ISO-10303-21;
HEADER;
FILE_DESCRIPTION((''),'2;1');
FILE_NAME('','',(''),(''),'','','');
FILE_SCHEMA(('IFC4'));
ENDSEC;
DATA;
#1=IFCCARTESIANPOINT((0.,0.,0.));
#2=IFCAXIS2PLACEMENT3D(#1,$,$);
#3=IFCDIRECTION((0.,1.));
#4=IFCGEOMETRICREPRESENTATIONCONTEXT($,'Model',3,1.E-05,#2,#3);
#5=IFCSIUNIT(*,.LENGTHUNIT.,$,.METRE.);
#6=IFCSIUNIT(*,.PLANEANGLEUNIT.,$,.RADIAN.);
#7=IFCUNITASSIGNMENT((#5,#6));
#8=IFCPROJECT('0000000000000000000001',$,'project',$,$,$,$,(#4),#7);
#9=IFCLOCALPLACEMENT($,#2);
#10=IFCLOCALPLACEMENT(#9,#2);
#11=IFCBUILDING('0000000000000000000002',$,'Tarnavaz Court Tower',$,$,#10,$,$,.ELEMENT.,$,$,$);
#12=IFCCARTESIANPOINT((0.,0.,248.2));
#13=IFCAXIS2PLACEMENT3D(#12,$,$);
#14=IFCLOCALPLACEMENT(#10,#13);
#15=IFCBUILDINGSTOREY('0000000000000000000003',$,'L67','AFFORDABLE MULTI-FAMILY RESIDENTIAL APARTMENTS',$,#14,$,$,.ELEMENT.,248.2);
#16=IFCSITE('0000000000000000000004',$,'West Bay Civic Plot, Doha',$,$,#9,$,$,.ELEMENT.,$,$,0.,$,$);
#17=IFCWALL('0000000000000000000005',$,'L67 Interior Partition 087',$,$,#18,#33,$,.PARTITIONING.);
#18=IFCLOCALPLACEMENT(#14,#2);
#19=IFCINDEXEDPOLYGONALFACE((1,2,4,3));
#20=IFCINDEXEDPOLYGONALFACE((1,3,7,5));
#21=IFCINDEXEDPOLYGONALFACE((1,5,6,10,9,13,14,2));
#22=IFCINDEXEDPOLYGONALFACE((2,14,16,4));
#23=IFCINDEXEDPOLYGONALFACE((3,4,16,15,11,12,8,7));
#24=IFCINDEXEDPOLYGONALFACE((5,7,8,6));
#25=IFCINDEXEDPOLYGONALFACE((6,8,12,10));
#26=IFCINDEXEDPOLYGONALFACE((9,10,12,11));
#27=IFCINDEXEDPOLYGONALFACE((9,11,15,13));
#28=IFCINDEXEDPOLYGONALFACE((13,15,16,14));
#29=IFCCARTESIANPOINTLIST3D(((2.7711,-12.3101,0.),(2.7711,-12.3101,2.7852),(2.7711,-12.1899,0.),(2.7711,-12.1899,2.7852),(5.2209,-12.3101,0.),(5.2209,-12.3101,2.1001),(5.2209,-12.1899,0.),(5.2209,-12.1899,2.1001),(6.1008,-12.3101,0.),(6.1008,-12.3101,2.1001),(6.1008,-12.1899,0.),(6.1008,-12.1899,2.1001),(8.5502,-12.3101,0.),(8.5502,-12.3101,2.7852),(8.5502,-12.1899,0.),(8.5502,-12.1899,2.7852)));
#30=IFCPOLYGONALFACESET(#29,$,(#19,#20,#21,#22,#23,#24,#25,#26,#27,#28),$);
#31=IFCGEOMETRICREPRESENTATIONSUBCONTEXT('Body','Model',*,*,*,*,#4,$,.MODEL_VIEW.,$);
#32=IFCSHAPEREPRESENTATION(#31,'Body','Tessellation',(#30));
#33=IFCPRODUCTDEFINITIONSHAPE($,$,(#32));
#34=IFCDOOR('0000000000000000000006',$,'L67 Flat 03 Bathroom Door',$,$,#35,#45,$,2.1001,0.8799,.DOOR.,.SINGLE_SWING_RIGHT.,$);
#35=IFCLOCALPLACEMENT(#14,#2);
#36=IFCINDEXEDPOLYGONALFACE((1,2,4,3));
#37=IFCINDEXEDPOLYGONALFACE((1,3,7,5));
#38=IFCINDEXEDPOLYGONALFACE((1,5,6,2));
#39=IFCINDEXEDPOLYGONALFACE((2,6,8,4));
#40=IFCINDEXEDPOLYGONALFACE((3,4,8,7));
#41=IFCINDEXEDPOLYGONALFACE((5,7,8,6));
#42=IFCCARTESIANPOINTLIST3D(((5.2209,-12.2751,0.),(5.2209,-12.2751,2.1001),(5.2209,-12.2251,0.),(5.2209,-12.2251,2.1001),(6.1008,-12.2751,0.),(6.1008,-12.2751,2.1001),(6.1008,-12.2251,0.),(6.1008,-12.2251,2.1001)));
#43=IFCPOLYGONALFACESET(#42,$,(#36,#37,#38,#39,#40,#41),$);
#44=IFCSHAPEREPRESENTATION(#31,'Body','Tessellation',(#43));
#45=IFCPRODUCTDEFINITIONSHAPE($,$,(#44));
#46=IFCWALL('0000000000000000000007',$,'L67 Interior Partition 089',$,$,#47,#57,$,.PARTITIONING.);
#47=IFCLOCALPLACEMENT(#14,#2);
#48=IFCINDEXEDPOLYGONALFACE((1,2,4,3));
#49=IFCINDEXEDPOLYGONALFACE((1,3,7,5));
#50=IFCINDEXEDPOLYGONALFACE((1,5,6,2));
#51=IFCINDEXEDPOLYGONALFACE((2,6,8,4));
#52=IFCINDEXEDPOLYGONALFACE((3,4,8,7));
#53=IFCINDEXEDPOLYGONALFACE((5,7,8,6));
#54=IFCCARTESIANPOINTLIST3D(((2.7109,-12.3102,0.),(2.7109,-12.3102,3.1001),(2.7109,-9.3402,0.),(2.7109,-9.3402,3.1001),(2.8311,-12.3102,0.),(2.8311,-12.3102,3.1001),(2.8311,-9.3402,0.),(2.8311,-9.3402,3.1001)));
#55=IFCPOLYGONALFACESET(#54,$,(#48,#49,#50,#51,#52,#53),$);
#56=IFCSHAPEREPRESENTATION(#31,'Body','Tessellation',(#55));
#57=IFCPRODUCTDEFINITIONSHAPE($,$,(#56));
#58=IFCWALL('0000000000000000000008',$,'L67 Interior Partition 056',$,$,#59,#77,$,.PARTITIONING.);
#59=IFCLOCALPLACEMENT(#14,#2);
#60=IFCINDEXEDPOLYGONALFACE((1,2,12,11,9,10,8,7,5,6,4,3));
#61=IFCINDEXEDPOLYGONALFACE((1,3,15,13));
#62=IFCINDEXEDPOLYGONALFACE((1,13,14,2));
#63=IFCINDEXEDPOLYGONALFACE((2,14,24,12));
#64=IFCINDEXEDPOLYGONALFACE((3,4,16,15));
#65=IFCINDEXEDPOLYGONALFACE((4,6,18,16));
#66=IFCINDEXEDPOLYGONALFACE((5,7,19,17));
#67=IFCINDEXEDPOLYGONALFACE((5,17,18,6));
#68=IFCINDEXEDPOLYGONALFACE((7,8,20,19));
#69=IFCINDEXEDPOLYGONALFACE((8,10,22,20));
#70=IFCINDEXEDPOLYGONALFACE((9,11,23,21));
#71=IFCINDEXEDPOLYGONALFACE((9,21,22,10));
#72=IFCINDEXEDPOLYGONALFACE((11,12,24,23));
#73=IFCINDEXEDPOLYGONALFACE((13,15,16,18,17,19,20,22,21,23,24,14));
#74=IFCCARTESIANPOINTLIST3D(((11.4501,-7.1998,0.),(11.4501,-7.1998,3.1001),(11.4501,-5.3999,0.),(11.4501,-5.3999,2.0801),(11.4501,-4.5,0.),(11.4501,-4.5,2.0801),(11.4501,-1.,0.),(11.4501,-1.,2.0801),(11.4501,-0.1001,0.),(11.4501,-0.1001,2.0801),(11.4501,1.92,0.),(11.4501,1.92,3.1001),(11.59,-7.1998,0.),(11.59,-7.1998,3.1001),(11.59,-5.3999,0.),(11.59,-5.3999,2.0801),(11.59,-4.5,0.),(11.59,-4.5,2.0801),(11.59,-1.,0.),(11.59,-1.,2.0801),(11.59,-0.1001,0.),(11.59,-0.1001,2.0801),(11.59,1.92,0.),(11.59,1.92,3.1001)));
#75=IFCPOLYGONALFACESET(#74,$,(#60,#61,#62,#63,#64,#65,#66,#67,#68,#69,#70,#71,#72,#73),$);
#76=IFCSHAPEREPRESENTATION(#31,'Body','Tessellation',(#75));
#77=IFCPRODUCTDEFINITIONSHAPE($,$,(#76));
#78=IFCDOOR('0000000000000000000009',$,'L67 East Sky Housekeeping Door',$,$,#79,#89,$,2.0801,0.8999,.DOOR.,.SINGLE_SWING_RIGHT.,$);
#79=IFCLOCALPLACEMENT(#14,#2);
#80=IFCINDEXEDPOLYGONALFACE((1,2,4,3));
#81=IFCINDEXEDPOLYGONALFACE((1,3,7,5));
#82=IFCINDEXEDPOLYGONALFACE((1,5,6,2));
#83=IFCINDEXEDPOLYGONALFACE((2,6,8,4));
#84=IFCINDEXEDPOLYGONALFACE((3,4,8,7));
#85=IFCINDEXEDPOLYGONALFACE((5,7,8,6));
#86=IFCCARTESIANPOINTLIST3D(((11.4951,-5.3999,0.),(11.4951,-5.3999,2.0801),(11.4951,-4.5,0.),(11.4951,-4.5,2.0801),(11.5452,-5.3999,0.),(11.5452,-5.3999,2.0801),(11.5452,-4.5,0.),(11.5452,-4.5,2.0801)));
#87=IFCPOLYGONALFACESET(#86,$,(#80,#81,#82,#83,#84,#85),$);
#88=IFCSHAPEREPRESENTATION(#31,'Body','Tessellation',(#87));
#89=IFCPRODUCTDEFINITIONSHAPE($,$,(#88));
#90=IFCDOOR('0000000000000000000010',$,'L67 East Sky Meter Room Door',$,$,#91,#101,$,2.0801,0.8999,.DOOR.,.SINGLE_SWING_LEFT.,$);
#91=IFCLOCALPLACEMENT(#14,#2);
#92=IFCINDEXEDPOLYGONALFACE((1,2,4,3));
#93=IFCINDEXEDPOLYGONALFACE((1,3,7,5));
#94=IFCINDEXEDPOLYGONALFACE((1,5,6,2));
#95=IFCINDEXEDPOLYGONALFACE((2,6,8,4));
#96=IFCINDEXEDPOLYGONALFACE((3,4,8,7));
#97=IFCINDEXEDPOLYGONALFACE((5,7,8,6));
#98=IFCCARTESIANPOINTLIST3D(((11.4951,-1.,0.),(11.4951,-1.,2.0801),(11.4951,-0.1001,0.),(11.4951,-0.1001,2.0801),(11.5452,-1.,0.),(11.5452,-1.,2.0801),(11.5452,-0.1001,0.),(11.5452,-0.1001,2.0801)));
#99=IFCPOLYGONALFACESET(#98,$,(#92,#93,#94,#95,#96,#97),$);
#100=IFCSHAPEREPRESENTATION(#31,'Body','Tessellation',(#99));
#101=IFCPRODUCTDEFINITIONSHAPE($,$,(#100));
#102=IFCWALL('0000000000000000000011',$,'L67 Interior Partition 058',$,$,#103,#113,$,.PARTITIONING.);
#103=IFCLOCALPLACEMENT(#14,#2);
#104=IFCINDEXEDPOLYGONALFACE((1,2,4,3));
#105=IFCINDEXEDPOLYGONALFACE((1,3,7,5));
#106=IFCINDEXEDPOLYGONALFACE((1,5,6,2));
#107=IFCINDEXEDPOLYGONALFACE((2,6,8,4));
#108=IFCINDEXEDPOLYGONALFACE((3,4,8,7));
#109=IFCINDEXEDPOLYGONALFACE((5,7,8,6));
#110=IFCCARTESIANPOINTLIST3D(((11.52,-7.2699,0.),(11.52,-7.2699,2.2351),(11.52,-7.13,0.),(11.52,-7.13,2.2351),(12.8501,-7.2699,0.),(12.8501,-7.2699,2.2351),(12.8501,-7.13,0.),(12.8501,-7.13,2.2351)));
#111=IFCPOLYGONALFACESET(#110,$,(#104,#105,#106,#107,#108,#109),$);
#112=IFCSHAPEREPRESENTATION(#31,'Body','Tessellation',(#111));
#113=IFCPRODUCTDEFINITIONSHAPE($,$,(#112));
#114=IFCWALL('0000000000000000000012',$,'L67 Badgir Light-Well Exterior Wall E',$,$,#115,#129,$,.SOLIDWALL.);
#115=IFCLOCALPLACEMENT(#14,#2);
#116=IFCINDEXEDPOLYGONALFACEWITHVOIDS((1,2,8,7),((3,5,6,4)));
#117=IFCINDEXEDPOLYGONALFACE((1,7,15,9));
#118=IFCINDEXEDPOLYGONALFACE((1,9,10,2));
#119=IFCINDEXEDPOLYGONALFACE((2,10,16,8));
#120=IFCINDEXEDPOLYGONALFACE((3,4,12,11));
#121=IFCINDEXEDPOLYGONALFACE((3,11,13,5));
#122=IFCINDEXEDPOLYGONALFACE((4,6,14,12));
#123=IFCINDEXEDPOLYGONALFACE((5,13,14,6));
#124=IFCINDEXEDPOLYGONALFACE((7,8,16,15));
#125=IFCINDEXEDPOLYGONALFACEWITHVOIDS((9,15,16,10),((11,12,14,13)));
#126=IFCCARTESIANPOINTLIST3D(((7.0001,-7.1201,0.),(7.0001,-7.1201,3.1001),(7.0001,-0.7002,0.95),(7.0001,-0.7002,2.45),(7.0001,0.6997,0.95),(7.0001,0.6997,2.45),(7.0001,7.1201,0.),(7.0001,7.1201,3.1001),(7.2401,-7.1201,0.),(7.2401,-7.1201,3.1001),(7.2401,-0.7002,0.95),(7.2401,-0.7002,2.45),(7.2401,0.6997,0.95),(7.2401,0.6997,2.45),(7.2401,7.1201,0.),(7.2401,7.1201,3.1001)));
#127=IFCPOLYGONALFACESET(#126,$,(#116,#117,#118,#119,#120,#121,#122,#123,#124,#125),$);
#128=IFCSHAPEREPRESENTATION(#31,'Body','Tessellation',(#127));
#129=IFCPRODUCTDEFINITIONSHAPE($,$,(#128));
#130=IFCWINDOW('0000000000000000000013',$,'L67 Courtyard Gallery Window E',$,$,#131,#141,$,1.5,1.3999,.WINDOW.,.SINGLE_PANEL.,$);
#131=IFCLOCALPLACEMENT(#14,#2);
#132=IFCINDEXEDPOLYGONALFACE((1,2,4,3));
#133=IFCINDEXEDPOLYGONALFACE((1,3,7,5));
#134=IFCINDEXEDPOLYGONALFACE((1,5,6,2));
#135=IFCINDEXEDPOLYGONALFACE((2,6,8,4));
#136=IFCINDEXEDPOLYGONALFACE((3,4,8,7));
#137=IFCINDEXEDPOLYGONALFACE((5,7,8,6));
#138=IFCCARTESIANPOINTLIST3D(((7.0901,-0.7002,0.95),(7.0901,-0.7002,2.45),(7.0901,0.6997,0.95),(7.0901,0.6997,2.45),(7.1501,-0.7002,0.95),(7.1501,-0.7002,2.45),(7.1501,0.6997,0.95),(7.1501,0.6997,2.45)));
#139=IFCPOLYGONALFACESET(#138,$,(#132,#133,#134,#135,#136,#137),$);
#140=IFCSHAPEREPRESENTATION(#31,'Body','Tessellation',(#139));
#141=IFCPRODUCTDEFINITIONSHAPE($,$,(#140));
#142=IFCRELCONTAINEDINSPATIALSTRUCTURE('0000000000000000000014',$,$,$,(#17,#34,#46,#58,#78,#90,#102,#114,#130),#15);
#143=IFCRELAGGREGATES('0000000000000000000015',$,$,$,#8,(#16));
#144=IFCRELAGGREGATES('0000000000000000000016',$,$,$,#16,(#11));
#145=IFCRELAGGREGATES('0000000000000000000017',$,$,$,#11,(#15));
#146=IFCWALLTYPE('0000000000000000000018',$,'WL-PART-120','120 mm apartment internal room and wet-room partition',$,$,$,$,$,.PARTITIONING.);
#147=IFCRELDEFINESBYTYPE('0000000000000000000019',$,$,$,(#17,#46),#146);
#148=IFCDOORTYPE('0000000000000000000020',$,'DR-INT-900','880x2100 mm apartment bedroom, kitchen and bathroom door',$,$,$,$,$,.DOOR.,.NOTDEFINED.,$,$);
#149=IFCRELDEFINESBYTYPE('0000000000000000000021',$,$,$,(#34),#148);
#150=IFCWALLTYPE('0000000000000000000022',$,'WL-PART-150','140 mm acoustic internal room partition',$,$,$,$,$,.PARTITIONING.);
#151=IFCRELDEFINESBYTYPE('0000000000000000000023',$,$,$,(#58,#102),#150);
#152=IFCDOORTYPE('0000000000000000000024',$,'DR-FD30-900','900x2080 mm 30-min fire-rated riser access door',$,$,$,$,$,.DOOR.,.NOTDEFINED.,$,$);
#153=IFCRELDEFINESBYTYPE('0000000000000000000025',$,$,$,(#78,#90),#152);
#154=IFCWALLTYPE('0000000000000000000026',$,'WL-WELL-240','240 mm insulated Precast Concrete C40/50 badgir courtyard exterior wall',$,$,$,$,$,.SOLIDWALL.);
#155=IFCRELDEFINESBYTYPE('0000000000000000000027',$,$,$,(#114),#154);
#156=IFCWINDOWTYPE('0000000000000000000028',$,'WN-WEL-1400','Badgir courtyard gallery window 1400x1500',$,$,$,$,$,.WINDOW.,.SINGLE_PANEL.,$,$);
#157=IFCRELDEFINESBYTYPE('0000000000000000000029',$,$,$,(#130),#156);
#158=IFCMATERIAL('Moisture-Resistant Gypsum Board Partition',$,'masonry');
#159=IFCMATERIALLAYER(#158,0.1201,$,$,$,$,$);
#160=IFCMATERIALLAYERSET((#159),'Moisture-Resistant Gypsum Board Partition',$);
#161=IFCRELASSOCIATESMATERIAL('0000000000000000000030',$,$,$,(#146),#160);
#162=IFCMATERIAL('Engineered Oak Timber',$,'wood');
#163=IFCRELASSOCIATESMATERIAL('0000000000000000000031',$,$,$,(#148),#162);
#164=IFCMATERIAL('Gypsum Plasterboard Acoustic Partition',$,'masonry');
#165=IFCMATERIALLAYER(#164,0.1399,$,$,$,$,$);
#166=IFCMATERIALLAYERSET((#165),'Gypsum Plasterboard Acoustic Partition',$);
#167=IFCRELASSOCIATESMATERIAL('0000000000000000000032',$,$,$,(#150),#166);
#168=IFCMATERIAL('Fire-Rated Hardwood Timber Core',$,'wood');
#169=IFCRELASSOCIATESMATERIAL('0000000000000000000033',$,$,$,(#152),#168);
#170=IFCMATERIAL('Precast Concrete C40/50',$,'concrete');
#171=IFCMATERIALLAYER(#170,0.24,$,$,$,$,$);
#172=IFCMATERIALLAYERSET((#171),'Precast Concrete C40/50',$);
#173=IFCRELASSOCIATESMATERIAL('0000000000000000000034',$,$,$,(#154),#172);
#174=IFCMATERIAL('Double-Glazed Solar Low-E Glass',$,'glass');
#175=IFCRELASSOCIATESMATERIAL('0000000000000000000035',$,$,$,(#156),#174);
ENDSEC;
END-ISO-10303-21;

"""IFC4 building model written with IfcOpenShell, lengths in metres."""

from ifc_helpers import new_model, si_unit, direction, frame, frame_2d, origin, place, context, subcontext, project, spatial, rectangle, extrude, material, layer, layer_set, type_object, element, fill, save


model = new_model("IFC4")

# Units and contexts
model_context = context("Model", 3, precision=1e-05, world=origin(), true_north=direction((0.0, 1.0)))
body_context = subcontext(model_context, "Body", "Model", "MODEL_VIEW")
ifc_project = project(units=[si_unit("LENGTHUNIT", "METRE"), si_unit("PLANEANGLEUNIT", "RADIAN")], contexts=[model_context])

# Site, building, storey
site_placement = place(None, origin())
site = spatial("IfcSite", under=ifc_project, at=site_placement, Name="West Bay Civic Plot, Doha", CompositionType="ELEMENT", RefElevation=0.0)
building_placement = place(site_placement, origin())
building = spatial("IfcBuilding", under=site, at=building_placement, Name="Tarnavaz Court Tower", CompositionType="ELEMENT")
storey_placement = place(building_placement, frame((0.0, 0.0, 248.2)))
storey = spatial("IfcBuildingStorey", under=building, at=storey_placement, Name="L67", Description="AFFORDABLE MULTI-FAMILY RESIDENTIAL APARTMENTS", CompositionType="ELEMENT", Elevation=248.2)

# Shared definitions
ifc_material_1 = material(Name="Engineered Oak Timber", Category="wood")

# Wall, opening, door
ifc_material_2 = material(Name="Moisture-Resistant Gypsum Board Partition", Category="masonry")
ifc_layer_1 = layer(ifc_material_2, 0.1201)
ifc_layer_set_1 = layer_set([ifc_layer_1], Name="Moisture-Resistant Gypsum Board Partition")
wall_type_1 = type_object("IfcWallType", Name="WL-PART-120", Description="120 mm apartment internal room and wet-room partition", PredefinedType="PARTITIONING", material=ifc_layer_set_1)
wall_1_placement = place(storey_placement, frame((2.771, -12.25, 0.0), z_axis=(0.0, 0.0, 1.0), x_axis=(1.0, 0.0, 0.0)))
wall_1 = element("IfcWall", 1, at=wall_1_placement, inside=storey, type_object=wall_type_1, Name="L67 Interior Partition 087", PredefinedType="PARTITIONING", context=body_context, shape_type="SweptSolid", body=[
    extrude(rectangle(XDim=5.7791, YDim=0.1201, at=frame_2d((2.8896, 0.0))), origin(), (0.0, 0.0, 1.0), 2.7852),
])
opening_1_placement = place(wall_1_placement, frame((2.45, 0.0, 0.0)))
opening_1 = element("IfcOpeningElement", 2, at=opening_1_placement, cuts=wall_1, PredefinedType="OPENING", context=body_context, shape_type="SweptSolid", body=[
    extrude(rectangle(XDim=0.8799, YDim=2.1001, at=frame_2d((0.4399, 1.05))), frame((0.0, 0.0701, 0.0), z_axis=(0.0, -1.0, 0.0), x_axis=(1.0, 0.0, 0.0)), (0.0, 0.0, 1.0), 0.1401),
])
door_type_1 = type_object("IfcDoorType", Name="DR-INT-900", Description="880x2100 mm apartment bedroom, kitchen and bathroom door", OperationType="NOTDEFINED", PredefinedType="DOOR", material=ifc_material_1)
door_1_placement = place(opening_1_placement, origin())
door_1 = element("IfcDoor", 3, at=door_1_placement, inside=storey, type_object=door_type_1, Name="L67 Flat 03 Bathroom Door", OperationType="SINGLE_SWING_RIGHT", OverallHeight=2.1001, OverallWidth=0.8799, PredefinedType="DOOR", context=body_context, shape_type="SweptSolid", body=[
    extrude(rectangle(XDim=0.8799, YDim=2.1001, at=frame_2d((0.4399, 1.05))), frame((0.0, 0.0249, 0.0), z_axis=(0.0, -1.0, 0.0), x_axis=(1.0, 0.0, 0.0)), (0.0, 0.0, 1.0), 0.05),
])
fill(opening_1, door_1)

# Wall
wall_2_placement = place(storey_placement, frame((2.771, -12.3101, 0.0), z_axis=(0.0, 0.0, 1.0), x_axis=(0.0, 1.0, 0.0)))
element("IfcWall", 4, at=wall_2_placement, inside=storey, type_object=wall_type_1, Name="L67 Interior Partition 089", PredefinedType="PARTITIONING", context=body_context, shape_type="SweptSolid", body=[
    extrude(rectangle(XDim=2.97, YDim=0.1201, at=frame_2d((1.4849, 0.0))), origin(), (0.0, 0.0, 1.0), 3.1001),
])

# Wall, openings, doors
ifc_material_3 = material(Name="Gypsum Plasterboard Acoustic Partition", Category="masonry")
ifc_layer_2 = layer(ifc_material_3, 0.1399)
ifc_layer_set_2 = layer_set([ifc_layer_2], Name="Gypsum Plasterboard Acoustic Partition")
wall_type_2 = type_object("IfcWallType", Name="WL-PART-150", Description="140 mm acoustic internal room partition", PredefinedType="PARTITIONING", material=ifc_layer_set_2)
wall_3_placement = place(storey_placement, frame((11.52, -7.2, 0.0), z_axis=(0.0, 0.0, 1.0), x_axis=(0.0, 1.0, 0.0)))
wall_3 = element("IfcWall", 5, at=wall_3_placement, inside=storey, type_object=wall_type_2, Name="L67 Interior Partition 056", PredefinedType="PARTITIONING", context=body_context, shape_type="SweptSolid", body=[
    extrude(rectangle(XDim=9.1199, YDim=0.1399, at=frame_2d((4.5601, 0.0))), origin(), (0.0, 0.0, 1.0), 3.1001),
])
opening_2_placement = place(wall_3_placement, frame((1.8, 0.0, 0.0)))
opening_2 = element("IfcOpeningElement", 6, at=opening_2_placement, cuts=wall_3, PredefinedType="OPENING", context=body_context, shape_type="SweptSolid", body=[
    extrude(rectangle(XDim=0.8999, YDim=2.0801, at=frame_2d((0.45, 1.04))), frame((0.0, 0.0798, 0.0), z_axis=(0.0, -1.0, 0.0), x_axis=(1.0, 0.0, 0.0)), (0.0, 0.0, 1.0), 0.1599),
])
opening_3_placement = place(wall_3_placement, frame((6.2, 0.0, 0.0)))
opening_3 = element("IfcOpeningElement", 7, at=opening_3_placement, cuts=wall_3, PredefinedType="OPENING", context=body_context, shape_type="SweptSolid", body=[
    extrude(rectangle(XDim=0.8999, YDim=2.0801, at=frame_2d((0.45, 1.04))), frame((0.0, 0.0798, 0.0), z_axis=(0.0, -1.0, 0.0), x_axis=(1.0, 0.0, 0.0)), (0.0, 0.0, 1.0), 0.1599),
])
ifc_material_4 = material(Name="Fire-Rated Hardwood Timber Core", Category="wood")
door_type_2 = type_object("IfcDoorType", Name="DR-FD30-900", Description="900x2080 mm 30-min fire-rated riser access door", OperationType="NOTDEFINED", PredefinedType="DOOR", material=ifc_material_4)
door_2_placement = place(opening_2_placement, origin())
door_2 = element("IfcDoor", 8, at=door_2_placement, inside=storey, type_object=door_type_2, Name="L67 East Sky Housekeeping Door", OperationType="SINGLE_SWING_RIGHT", OverallHeight=2.0801, OverallWidth=0.8999, PredefinedType="DOOR", context=body_context, shape_type="SweptSolid", body=[
    extrude(rectangle(XDim=0.8999, YDim=2.0801, at=frame_2d((0.45, 1.04))), frame((0.0, 0.0249, 0.0), z_axis=(0.0, -1.0, 0.0), x_axis=(1.0, 0.0, 0.0)), (0.0, 0.0, 1.0), 0.05),
])
fill(opening_2, door_2)
door_3_placement = place(opening_3_placement, origin())
door_3 = element("IfcDoor", 9, at=door_3_placement, inside=storey, type_object=door_type_2, Name="L67 East Sky Meter Room Door", OperationType="SINGLE_SWING_LEFT", OverallHeight=2.0801, OverallWidth=0.8999, PredefinedType="DOOR", context=body_context, shape_type="SweptSolid", body=[
    extrude(rectangle(XDim=0.8999, YDim=2.0801, at=frame_2d((0.45, 1.04))), frame((0.0, 0.0249, 0.0), z_axis=(0.0, -1.0, 0.0), x_axis=(1.0, 0.0, 0.0)), (0.0, 0.0, 1.0), 0.05),
])
fill(opening_3, door_3)

# Wall
wall_4_placement = place(storey_placement, frame((11.52, -7.2, 0.0), z_axis=(0.0, 0.0, 1.0), x_axis=(1.0, 0.0, 0.0)))
element("IfcWall", 10, at=wall_4_placement, inside=storey, type_object=wall_type_2, Name="L67 Interior Partition 058", PredefinedType="PARTITIONING", context=body_context, shape_type="SweptSolid", body=[
    extrude(rectangle(XDim=1.3301, YDim=0.1399, at=frame_2d((0.665, 0.0))), origin(), (0.0, 0.0, 1.0), 2.2351),
])

# Wall, opening, window
ifc_material_5 = material(Name="Precast Concrete C40/50", Category="concrete")
ifc_layer_3 = layer(ifc_material_5, 0.24)
ifc_layer_set_3 = layer_set([ifc_layer_3], Name="Precast Concrete C40/50")
wall_type_3 = type_object("IfcWallType", Name="WL-WELL-240", Description="240 mm insulated Precast Concrete C40/50 badgir courtyard exterior wall", PredefinedType="SOLIDWALL", material=ifc_layer_set_3)
wall_5_placement = place(storey_placement, frame((7.1201, -7.1201, 0.0), z_axis=(0.0, 0.0, 1.0), x_axis=(0.0, 1.0, 0.0)))
wall_5 = element("IfcWall", 11, at=wall_5_placement, inside=storey, type_object=wall_type_3, Name="L67 Badgir Light-Well Exterior Wall E", PredefinedType="SOLIDWALL", context=body_context, shape_type="SweptSolid", body=[
    extrude(rectangle(XDim=14.2402, YDim=0.24, at=frame_2d((7.1201, 0.0))), origin(), (0.0, 0.0, 1.0), 3.1001),
])
opening_4_placement = place(wall_5_placement, frame((6.4199, 0.0, 0.95)))
opening_4 = element("IfcOpeningElement", 12, at=opening_4_placement, cuts=wall_5, PredefinedType="OPENING", context=body_context, shape_type="SweptSolid", body=[
    extrude(rectangle(XDim=1.3999, YDim=1.5, at=frame_2d((0.7, 0.75))), frame((0.0, 0.1299, 0.0), z_axis=(0.0, -1.0, 0.0), x_axis=(1.0, 0.0, 0.0)), (0.0, 0.0, 1.0), 0.26),
])
ifc_material_6 = material(Name="Double-Glazed Solar Low-E Glass", Category="glass")
window_type = type_object("IfcWindowType", Name="WN-WEL-1400", Description="Badgir courtyard gallery window 1400x1500", PartitioningType="SINGLE_PANEL", PredefinedType="WINDOW", material=ifc_material_6)
window_placement = place(opening_4_placement, origin())
window = element("IfcWindow", 13, at=window_placement, inside=storey, type_object=window_type, Name="L67 Courtyard Gallery Window E", OverallHeight=1.5, OverallWidth=1.3999, PartitioningType="SINGLE_PANEL", PredefinedType="WINDOW", context=body_context, shape_type="SweptSolid", body=[
    extrude(rectangle(XDim=1.3999, YDim=1.5, at=frame_2d((0.7, 0.75))), frame((0.0, 0.03, 0.0), z_axis=(0.0, -1.0, 0.0), x_axis=(1.0, 0.0, 0.0)), (0.0, 0.0, 1.0), 0.0601),
])
fill(opening_4, window)

save(model, "model.ifc")
